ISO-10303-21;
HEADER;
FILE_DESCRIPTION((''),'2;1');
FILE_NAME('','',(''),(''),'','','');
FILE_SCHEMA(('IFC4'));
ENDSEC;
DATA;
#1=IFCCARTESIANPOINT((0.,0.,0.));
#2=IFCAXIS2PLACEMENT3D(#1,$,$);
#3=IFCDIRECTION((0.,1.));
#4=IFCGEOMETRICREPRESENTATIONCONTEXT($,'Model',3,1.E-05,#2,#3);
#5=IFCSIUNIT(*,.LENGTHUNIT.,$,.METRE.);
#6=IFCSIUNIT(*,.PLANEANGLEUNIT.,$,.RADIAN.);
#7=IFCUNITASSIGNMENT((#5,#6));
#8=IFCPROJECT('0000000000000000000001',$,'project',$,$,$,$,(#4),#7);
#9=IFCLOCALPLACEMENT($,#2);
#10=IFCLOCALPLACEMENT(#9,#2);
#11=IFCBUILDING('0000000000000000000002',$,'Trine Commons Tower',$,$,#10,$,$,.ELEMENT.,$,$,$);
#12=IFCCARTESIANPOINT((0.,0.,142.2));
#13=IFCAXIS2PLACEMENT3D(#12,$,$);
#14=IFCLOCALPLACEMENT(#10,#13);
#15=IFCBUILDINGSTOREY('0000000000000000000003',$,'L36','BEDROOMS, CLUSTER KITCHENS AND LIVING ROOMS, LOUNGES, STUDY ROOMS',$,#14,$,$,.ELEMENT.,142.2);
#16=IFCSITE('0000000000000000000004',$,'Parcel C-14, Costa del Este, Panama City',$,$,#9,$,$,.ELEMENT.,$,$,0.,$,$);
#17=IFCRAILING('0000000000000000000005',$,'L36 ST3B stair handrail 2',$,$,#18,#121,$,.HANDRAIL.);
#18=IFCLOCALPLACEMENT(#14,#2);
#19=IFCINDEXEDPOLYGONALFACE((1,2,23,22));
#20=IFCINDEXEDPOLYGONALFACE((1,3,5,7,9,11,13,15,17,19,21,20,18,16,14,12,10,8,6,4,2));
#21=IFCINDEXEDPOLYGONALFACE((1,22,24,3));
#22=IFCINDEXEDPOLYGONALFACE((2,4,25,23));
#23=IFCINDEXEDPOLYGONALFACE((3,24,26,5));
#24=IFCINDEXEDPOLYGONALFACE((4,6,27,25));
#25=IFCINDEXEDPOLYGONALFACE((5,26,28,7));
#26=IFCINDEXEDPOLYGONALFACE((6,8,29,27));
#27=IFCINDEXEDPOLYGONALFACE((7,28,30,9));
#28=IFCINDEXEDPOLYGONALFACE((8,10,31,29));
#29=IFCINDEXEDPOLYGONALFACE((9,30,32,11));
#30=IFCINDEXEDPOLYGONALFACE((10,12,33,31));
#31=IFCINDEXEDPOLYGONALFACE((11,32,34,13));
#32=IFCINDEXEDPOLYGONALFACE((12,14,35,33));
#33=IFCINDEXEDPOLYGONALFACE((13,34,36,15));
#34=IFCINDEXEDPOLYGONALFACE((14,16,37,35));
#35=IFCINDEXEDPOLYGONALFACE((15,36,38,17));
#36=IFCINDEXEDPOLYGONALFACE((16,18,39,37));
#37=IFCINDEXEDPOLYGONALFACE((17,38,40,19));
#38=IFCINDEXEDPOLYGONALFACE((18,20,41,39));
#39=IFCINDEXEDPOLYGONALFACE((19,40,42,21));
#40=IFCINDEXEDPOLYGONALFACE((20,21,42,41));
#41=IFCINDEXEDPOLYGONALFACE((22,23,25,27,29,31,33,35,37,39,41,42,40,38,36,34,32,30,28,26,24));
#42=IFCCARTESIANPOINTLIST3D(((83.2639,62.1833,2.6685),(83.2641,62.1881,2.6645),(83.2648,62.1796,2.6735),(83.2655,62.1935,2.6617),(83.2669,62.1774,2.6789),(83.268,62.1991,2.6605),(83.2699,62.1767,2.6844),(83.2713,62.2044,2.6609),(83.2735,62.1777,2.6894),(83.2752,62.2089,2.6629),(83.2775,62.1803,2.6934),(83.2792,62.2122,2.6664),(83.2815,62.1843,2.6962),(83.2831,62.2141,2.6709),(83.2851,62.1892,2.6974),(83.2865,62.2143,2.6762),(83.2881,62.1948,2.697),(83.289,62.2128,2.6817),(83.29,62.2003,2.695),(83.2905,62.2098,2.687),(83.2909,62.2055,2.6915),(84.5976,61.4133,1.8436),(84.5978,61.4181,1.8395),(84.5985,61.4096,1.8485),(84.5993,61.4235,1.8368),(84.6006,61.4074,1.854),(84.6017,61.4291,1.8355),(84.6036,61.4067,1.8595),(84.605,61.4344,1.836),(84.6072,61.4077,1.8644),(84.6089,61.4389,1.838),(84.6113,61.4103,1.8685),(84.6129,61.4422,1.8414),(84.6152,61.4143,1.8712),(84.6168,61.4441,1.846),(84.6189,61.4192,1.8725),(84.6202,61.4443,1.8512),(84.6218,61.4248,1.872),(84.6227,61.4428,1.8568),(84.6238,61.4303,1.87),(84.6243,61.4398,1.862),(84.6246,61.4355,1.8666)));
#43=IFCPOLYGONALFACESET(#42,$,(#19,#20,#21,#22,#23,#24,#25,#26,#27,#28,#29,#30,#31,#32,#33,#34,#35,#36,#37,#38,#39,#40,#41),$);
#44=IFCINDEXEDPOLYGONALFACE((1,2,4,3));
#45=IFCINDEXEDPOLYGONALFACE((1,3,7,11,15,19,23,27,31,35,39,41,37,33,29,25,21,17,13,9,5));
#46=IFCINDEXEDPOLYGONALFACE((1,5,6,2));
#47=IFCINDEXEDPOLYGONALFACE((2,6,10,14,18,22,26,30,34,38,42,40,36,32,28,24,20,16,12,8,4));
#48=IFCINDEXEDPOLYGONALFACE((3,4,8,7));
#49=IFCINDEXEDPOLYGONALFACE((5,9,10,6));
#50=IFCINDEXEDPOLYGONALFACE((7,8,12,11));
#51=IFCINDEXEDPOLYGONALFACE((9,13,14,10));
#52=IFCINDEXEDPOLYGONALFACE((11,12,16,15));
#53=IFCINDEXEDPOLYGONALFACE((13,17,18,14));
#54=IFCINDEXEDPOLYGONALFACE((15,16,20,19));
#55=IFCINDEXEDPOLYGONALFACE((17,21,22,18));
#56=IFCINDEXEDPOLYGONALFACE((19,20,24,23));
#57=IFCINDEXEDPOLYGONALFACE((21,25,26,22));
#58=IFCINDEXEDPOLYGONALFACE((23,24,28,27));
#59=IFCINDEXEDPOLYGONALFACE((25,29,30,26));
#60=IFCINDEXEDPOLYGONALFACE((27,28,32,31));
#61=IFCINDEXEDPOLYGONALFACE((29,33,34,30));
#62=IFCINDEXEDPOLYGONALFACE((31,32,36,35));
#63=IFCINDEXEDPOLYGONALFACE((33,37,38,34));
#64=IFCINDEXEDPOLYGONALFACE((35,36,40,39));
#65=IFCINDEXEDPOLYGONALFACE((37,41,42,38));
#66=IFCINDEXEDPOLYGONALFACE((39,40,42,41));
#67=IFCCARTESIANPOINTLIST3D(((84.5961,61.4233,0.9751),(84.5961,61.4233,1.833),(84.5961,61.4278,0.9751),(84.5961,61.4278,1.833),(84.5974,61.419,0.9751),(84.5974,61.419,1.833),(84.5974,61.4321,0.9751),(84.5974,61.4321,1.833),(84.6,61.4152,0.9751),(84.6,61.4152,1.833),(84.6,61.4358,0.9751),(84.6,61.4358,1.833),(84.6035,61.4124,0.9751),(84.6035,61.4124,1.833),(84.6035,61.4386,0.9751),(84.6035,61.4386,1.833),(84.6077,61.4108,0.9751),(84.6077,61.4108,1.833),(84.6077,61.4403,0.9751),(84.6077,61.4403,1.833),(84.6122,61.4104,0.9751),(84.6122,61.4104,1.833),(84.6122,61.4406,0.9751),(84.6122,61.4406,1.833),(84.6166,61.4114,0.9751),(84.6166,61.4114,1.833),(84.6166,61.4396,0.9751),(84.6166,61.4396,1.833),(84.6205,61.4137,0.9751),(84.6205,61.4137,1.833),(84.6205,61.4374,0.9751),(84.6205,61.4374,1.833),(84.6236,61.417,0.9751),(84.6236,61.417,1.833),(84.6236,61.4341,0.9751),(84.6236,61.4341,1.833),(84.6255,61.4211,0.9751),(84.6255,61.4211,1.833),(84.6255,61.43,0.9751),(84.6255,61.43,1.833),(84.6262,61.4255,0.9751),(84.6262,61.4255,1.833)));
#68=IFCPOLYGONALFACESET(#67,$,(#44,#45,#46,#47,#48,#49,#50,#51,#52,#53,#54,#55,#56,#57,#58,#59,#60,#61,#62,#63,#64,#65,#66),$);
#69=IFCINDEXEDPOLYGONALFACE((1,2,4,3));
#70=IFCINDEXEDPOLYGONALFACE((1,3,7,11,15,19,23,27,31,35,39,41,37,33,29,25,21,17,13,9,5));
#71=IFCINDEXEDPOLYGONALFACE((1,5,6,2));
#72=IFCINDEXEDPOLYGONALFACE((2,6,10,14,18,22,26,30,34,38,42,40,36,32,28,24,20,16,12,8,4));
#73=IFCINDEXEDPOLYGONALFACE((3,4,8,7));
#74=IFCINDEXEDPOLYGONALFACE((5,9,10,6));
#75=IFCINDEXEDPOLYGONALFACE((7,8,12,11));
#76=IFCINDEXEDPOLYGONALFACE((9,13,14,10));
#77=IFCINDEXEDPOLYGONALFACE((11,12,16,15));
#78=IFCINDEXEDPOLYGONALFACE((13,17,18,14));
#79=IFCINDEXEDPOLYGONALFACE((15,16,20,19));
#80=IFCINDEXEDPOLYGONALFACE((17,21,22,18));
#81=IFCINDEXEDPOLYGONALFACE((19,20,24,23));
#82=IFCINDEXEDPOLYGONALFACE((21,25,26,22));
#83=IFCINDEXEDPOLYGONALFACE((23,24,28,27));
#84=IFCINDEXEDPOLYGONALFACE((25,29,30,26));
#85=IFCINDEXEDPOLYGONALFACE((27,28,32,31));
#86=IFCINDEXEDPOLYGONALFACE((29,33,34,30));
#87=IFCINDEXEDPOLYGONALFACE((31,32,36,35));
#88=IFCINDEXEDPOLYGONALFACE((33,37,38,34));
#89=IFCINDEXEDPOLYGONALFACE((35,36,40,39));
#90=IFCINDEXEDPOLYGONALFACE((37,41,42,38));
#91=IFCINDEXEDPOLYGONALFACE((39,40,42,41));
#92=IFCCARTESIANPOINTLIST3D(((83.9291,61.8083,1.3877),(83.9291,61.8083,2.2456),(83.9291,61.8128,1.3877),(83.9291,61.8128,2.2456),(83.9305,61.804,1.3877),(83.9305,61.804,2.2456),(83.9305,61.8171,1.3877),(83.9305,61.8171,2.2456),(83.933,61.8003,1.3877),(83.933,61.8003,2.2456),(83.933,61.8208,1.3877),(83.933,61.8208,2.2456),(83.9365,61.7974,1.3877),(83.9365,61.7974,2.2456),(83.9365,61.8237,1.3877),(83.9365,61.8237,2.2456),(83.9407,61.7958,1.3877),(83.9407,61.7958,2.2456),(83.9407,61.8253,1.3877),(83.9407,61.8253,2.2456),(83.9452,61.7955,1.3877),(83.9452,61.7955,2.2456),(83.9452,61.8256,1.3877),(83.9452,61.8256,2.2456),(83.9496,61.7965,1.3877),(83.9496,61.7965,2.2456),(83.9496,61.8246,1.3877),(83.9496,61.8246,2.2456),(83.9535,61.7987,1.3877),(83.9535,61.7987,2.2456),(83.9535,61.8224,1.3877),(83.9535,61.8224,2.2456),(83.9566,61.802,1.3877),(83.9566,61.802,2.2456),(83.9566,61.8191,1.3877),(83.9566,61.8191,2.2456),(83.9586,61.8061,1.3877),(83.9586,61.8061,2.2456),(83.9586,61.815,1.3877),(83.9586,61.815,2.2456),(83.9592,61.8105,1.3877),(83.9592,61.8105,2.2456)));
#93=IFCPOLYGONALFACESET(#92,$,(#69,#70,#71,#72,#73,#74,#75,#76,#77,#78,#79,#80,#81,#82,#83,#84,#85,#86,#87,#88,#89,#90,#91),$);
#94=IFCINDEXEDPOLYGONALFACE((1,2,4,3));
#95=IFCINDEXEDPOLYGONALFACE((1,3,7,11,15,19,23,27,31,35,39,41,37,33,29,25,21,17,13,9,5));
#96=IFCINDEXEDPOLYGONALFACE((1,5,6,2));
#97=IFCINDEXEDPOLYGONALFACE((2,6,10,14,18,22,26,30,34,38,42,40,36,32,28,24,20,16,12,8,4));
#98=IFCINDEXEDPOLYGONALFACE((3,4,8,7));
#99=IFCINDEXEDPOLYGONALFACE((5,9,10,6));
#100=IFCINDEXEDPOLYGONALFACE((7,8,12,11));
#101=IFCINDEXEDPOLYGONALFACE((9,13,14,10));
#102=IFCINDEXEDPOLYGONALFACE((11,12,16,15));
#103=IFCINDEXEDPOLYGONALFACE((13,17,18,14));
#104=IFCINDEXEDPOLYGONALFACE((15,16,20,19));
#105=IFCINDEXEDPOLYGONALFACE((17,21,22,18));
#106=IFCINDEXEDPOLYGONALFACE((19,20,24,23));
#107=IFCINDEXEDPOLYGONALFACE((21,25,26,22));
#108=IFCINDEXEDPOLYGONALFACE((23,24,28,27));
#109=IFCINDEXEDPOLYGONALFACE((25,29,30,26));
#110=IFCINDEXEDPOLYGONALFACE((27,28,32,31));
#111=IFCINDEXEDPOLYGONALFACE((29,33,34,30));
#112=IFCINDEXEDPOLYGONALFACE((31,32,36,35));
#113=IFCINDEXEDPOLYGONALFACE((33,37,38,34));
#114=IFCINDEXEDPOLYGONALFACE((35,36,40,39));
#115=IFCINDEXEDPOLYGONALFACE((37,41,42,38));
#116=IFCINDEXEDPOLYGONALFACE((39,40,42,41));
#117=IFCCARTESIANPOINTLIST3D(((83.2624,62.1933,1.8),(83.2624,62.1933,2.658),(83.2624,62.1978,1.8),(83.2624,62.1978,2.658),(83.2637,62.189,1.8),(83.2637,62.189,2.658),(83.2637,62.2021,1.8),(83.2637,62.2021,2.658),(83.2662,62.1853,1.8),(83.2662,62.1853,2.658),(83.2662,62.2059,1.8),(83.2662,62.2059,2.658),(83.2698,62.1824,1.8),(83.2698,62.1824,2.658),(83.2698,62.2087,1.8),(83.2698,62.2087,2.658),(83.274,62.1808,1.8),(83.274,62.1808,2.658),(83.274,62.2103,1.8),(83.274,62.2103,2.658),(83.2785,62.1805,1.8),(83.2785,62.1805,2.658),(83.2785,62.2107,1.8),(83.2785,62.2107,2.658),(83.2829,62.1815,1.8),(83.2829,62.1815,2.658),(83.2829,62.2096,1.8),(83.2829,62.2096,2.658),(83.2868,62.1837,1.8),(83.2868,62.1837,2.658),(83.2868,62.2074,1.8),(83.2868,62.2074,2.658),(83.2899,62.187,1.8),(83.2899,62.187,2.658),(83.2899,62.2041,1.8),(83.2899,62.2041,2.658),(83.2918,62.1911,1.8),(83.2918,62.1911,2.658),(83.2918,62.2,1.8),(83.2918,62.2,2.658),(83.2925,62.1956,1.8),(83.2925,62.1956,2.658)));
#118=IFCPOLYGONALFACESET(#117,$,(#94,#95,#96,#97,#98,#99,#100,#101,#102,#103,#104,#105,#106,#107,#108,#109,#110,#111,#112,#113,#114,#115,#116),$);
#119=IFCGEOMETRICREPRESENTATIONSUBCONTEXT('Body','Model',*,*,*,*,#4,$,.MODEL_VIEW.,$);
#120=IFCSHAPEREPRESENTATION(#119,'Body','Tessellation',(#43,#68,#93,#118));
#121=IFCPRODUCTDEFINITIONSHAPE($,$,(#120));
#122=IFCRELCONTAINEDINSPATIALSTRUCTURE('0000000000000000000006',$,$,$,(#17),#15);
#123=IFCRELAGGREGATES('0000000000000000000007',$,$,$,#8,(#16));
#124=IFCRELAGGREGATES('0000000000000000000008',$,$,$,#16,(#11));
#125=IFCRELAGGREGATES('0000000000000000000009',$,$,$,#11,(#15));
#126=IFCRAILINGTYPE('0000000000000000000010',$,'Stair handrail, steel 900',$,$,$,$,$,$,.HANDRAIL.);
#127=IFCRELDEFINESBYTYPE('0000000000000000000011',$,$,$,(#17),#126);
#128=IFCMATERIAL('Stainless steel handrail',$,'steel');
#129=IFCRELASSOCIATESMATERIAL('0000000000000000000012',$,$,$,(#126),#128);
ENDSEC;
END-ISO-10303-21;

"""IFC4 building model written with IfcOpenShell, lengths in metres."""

from ifc_helpers import new_model, si_unit, direction, frame, origin, origin_2d, place, context, subcontext, project, spatial, circle, extrude, material, type_object, element, save


model = new_model("IFC4")

# Units and contexts
model_context = context("Model", 3, precision=1e-05, world=origin(), true_north=direction((0.0, 1.0)))
body_context = subcontext(model_context, "Body", "Model", "MODEL_VIEW")
ifc_project = project(units=[si_unit("LENGTHUNIT", "METRE"), si_unit("PLANEANGLEUNIT", "RADIAN")], contexts=[model_context])

# Site, building, storey
site_placement = place(None, origin())
site = spatial("IfcSite", under=ifc_project, at=site_placement, Name="Parcel C-14, Costa del Este, Panama City", CompositionType="ELEMENT", RefElevation=0.0)
building_placement = place(site_placement, origin())
building = spatial("IfcBuilding", under=site, at=building_placement, Name="Trine Commons Tower", CompositionType="ELEMENT")
storey_placement = place(building_placement, frame((0.0, 0.0, 142.2)))
storey = spatial("IfcBuildingStorey", under=building, at=storey_placement, Name="L36", Description="BEDROOMS, CLUSTER KITCHENS AND LIVING ROOMS, LOUNGES, STUDY ROOMS", CompositionType="ELEMENT", Elevation=142.2)

# Railing
ifc_material_1 = material(Name="Stainless steel handrail", Category="steel")
railing_type_1 = type_object("IfcRailingType", Name="Stair handrail, steel 900", PredefinedType="HANDRAIL", material=ifc_material_1)
for number, where, name in (
    (1, (84.6111, 61.4255, 0.9751), "L36 ST3B stair handrail 2"),
):
    element("IfcRailing", number, at=place(storey_placement, frame(where)), inside=storey, type_object=railing_type_1, Name=name, PredefinedType="HANDRAIL", context=body_context, shape_type="SweptSolid", body=[
        extrude(circle(Radius=0.021, at=origin_2d()), frame((0.0, 0.0, 0.8789), z_axis=(-0.763405, 0.440743, 0.472185), x_axis=(-0.499992, -0.86603, 0.0)), (0.0, 0.0, 1.0), 1.7471),
        extrude(circle(Radius=0.0151, at=origin_2d()), origin(), (0.0, 0.0, 1.0), 0.8579),
        extrude(circle(Radius=0.0151, at=origin_2d()), frame((-0.667, 0.385, 0.4126)), (0.0, 0.0, 1.0), 0.8579),
        extrude(circle(Radius=0.0151, at=origin_2d()), frame((-1.3337, 0.77, 0.825)), (0.0, 0.0, 1.0), 0.8579),
    ])

save(model, "model.ifc")
